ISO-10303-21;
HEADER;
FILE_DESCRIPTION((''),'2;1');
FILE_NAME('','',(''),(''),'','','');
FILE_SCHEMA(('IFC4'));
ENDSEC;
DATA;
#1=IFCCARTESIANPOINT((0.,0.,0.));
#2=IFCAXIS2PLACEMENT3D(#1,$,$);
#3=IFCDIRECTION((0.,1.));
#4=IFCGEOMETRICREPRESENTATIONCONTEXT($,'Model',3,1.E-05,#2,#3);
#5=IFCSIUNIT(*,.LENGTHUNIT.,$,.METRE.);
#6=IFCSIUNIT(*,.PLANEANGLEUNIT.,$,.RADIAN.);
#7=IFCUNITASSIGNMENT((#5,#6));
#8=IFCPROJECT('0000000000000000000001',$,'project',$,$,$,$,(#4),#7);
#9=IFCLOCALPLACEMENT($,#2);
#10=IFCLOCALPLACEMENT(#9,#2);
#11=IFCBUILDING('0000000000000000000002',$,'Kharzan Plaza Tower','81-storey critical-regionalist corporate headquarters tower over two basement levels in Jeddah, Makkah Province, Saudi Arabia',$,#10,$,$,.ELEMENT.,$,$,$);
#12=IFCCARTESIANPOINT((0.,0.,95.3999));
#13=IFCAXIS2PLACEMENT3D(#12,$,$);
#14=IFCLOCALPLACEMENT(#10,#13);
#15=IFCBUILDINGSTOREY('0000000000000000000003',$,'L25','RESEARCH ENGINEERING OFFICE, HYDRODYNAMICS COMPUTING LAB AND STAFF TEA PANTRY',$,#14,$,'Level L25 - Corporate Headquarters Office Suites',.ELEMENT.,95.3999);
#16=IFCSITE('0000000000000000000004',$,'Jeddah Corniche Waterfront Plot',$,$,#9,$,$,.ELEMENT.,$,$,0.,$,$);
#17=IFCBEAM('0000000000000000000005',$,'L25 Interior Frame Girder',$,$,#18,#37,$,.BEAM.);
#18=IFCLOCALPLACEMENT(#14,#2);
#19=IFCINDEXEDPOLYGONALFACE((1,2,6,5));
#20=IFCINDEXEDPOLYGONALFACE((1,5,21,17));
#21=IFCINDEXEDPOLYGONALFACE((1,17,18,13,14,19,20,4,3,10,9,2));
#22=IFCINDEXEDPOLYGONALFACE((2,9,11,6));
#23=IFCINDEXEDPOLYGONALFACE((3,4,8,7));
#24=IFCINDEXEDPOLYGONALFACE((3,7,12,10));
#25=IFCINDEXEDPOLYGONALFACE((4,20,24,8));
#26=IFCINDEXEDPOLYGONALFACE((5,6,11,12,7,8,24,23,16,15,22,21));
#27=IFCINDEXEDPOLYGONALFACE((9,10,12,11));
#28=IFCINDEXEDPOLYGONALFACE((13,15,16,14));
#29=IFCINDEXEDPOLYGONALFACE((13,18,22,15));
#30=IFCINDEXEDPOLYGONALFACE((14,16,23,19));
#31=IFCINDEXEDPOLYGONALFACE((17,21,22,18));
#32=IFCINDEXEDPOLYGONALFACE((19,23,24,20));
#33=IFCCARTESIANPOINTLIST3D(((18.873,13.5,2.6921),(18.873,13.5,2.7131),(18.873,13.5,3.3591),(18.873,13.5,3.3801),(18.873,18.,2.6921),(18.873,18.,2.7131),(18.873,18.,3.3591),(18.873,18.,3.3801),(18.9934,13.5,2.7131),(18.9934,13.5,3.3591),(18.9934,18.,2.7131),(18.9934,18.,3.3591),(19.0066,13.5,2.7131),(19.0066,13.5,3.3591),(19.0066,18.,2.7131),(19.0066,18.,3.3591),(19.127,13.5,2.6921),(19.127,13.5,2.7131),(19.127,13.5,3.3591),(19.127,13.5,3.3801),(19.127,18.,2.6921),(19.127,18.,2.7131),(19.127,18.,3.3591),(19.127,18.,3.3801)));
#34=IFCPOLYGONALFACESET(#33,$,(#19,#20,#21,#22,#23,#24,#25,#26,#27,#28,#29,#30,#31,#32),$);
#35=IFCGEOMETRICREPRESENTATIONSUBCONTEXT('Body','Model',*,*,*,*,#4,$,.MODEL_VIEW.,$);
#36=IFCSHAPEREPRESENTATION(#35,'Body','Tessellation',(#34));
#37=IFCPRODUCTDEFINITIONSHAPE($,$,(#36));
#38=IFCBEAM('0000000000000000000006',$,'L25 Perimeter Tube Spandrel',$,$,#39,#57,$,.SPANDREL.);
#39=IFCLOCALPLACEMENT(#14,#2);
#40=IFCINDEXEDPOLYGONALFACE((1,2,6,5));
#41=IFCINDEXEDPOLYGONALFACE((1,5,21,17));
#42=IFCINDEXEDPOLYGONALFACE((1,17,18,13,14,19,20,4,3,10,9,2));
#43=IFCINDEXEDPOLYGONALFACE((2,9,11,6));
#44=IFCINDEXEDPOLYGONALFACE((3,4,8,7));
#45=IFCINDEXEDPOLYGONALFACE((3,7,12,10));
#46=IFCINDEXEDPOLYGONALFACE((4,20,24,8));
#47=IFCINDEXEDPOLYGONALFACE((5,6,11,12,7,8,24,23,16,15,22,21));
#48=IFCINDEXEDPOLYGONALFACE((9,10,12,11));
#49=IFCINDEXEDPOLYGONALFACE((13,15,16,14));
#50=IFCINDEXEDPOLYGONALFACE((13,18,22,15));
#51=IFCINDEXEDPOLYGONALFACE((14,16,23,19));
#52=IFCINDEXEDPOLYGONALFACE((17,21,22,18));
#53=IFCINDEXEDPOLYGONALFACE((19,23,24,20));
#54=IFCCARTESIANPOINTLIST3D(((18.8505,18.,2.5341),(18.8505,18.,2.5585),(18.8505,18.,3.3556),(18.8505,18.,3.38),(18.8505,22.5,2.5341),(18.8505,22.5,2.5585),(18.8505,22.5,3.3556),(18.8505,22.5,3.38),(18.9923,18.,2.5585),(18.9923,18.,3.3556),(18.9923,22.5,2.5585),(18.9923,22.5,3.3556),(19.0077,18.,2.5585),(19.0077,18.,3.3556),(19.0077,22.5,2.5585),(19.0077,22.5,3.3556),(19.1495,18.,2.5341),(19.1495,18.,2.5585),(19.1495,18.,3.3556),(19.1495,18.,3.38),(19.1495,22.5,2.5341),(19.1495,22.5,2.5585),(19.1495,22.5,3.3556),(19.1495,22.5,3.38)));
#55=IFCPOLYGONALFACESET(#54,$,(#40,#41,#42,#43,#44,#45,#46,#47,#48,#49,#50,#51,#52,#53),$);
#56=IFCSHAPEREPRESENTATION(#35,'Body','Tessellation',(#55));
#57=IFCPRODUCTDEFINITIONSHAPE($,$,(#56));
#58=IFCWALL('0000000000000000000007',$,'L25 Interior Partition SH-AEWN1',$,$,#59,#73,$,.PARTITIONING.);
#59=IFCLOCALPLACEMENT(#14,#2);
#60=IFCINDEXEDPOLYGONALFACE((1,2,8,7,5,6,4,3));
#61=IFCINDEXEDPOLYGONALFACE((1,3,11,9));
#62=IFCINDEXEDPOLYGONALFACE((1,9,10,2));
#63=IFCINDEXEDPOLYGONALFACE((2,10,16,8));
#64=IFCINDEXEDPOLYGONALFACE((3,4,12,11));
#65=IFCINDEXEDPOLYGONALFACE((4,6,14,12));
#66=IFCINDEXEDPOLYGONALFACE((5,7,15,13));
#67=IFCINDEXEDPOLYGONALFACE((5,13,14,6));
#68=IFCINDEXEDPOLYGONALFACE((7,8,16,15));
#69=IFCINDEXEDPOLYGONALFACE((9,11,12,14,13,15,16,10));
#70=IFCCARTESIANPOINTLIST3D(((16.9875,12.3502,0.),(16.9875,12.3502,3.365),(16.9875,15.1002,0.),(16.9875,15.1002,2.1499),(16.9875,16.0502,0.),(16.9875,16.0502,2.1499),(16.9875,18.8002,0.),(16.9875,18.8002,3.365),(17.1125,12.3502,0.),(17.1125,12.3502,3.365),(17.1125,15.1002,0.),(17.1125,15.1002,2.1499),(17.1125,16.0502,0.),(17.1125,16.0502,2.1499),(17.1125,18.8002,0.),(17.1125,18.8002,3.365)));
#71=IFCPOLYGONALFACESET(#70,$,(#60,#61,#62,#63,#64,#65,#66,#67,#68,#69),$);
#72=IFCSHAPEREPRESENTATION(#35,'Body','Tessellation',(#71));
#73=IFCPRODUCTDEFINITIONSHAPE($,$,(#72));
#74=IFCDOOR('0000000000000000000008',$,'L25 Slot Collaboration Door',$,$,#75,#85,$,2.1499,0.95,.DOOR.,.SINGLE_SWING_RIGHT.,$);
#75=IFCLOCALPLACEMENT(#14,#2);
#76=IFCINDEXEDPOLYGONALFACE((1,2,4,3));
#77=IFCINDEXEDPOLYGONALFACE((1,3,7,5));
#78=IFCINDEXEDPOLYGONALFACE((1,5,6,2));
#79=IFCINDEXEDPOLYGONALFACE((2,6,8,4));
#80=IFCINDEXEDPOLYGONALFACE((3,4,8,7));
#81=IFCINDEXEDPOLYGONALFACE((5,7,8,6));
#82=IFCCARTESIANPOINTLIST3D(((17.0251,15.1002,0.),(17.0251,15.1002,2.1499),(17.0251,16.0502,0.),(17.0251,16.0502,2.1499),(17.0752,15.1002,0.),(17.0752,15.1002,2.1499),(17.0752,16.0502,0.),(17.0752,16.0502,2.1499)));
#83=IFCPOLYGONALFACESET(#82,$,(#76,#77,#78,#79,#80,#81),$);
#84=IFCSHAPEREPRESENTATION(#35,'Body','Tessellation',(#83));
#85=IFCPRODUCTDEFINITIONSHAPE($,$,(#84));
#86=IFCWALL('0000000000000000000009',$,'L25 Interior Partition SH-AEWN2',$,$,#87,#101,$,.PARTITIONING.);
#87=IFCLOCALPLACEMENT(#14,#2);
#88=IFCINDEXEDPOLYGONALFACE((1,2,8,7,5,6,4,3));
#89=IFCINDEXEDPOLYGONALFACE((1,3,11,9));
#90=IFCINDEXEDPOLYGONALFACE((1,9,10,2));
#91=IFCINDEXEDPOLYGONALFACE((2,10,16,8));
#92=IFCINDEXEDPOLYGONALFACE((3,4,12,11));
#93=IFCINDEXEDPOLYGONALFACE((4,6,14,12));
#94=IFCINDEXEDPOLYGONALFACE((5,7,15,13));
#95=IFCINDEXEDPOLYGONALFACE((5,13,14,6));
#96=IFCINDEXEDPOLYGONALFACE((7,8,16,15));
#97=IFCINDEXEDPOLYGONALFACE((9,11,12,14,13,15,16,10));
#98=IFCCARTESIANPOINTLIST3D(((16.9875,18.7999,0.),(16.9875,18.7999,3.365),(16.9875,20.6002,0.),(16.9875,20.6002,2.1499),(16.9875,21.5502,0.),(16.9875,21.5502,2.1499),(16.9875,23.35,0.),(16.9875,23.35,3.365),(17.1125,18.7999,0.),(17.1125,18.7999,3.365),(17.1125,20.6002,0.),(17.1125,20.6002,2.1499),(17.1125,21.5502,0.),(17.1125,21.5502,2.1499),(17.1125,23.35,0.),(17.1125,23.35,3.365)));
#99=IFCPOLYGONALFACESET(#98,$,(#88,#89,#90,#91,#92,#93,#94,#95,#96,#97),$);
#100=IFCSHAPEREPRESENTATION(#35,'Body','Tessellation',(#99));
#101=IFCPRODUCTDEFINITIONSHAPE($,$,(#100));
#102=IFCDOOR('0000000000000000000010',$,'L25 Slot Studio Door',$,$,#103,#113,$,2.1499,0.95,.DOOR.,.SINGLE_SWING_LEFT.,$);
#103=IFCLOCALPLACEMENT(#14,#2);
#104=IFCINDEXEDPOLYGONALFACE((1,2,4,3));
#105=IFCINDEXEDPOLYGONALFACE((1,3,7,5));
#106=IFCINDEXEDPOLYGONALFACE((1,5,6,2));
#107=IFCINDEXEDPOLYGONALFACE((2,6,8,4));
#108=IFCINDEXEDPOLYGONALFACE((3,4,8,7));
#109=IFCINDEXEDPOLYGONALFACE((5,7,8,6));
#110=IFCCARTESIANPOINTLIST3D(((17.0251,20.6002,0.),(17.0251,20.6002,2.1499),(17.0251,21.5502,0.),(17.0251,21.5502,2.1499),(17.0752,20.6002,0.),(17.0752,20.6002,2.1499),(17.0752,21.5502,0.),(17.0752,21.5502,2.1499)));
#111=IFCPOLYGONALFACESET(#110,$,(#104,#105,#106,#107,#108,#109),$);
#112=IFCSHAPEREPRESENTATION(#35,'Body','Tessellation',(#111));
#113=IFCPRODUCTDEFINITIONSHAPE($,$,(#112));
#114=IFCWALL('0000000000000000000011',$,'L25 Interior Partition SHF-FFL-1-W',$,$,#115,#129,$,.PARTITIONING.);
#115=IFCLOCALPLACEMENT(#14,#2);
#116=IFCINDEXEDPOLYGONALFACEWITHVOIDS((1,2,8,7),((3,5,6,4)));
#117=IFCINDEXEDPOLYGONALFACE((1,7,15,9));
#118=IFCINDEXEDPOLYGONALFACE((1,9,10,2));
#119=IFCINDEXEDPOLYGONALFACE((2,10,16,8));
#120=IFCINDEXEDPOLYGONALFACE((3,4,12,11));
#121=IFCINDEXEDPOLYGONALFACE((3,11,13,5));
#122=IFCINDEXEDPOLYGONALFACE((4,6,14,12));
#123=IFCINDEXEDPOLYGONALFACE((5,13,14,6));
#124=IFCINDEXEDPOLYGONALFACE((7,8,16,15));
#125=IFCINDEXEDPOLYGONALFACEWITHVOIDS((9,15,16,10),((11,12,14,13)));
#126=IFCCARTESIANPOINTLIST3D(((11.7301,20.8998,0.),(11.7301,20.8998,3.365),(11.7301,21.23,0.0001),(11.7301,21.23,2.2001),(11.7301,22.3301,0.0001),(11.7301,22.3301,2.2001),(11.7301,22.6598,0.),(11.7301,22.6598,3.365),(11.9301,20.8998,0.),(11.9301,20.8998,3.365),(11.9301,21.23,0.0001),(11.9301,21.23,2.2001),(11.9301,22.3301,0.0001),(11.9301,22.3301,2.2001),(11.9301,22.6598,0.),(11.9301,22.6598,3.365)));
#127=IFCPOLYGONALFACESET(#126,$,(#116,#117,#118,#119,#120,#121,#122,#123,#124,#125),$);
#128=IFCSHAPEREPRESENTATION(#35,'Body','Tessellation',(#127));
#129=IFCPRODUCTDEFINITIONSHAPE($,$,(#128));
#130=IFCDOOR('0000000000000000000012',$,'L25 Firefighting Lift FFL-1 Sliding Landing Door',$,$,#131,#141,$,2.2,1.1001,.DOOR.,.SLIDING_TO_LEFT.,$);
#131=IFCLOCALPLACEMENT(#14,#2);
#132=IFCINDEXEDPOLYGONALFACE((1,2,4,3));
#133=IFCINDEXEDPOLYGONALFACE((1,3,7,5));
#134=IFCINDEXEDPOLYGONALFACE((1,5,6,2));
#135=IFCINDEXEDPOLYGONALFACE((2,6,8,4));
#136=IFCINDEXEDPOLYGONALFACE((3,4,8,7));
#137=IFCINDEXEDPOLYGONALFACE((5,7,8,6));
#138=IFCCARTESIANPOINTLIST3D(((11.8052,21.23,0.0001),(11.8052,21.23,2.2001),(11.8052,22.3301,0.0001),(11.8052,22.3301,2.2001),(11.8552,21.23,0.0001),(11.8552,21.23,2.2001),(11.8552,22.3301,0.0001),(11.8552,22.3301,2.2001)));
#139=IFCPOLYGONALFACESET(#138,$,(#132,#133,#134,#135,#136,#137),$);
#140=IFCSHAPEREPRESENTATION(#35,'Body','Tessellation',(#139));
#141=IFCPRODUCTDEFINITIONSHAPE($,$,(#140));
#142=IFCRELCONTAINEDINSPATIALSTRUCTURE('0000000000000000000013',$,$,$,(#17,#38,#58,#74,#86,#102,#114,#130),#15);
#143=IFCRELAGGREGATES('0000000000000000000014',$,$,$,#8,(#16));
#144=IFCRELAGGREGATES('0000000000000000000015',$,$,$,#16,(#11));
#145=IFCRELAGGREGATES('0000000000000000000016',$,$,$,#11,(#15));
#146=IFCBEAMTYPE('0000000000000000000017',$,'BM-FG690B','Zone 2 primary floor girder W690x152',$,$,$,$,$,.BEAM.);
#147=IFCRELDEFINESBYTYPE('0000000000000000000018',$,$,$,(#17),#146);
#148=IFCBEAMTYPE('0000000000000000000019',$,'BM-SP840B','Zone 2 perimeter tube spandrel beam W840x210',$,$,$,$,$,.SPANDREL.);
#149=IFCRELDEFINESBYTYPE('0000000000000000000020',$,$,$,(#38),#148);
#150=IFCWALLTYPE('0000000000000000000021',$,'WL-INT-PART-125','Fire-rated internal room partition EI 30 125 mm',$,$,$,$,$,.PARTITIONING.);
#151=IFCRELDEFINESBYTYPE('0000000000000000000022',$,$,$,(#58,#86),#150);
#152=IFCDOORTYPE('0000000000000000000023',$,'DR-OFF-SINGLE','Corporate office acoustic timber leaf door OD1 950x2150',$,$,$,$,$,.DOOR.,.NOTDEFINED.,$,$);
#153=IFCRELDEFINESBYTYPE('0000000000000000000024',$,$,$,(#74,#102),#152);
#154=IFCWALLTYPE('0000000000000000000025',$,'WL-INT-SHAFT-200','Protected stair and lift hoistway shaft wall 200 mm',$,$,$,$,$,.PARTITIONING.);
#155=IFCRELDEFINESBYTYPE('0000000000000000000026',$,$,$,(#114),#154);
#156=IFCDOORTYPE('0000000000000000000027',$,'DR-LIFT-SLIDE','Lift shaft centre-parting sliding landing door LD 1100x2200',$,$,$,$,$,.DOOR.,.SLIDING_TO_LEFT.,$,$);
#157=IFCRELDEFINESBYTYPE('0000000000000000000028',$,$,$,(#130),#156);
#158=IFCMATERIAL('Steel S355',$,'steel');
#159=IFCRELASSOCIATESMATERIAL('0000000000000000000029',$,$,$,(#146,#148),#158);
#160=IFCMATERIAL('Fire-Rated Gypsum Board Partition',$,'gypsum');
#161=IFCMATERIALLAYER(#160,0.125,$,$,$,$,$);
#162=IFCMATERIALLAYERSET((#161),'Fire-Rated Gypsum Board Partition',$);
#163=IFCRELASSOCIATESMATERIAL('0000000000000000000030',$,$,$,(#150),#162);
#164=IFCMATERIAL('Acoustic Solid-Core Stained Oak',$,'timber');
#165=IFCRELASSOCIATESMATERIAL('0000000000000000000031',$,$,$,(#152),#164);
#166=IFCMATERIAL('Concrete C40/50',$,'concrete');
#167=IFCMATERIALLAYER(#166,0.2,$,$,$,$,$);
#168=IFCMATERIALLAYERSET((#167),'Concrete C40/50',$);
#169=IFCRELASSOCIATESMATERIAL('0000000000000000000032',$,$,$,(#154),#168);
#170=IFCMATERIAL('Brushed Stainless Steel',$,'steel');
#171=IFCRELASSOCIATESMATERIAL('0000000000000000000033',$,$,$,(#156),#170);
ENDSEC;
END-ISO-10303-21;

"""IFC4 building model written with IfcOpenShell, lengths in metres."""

from ifc_helpers import new_model, si_unit, direction, frame, frame_2d, origin, origin_2d, place, context, subcontext, project, spatial, rectangle, i_section, extrude, source, transform, mapped, material, layer, layer_set, material_profile, profile_set, type_object, element, fill, save


model = new_model("IFC4")

# Units and contexts
model_context = context("Model", 3, precision=1e-05, world=origin(), true_north=direction((0.0, 1.0)))
body_context = subcontext(model_context, "Body", "Model", "MODEL_VIEW")
ifc_project = project(units=[si_unit("LENGTHUNIT", "METRE"), si_unit("PLANEANGLEUNIT", "RADIAN")], contexts=[model_context])

# Site, building, storey
site_placement = place(None, origin())
site = spatial("IfcSite", under=ifc_project, at=site_placement, Name="Jeddah Corniche Waterfront Plot", CompositionType="ELEMENT", RefElevation=0.0)
building_placement = place(site_placement, origin())
building = spatial("IfcBuilding", under=site, at=building_placement, Name="Kharzan Plaza Tower", Description="81-storey critical-regionalist corporate headquarters tower over two basement levels in Jeddah, Makkah Province, Saudi Arabia", CompositionType="ELEMENT")
storey_placement = place(building_placement, frame((0.0, 0.0, 95.3999)))
storey = spatial("IfcBuildingStorey", under=building, at=storey_placement, Name="L25", Description="RESEARCH ENGINEERING OFFICE, HYDRODYNAMICS COMPUTING LAB AND STAFF TEA PANTRY", LongName="Level L25 - Corporate Headquarters Office Suites", CompositionType="ELEMENT", Elevation=95.3999)

# Beams
ifc_material_1 = material(Name="Steel S355", Category="steel")
ifc_material_profile_1 = material_profile(ifc_material_1, i_section(OverallWidth=0.2539, OverallDepth=0.688, WebThickness=0.0132, FlangeThickness=0.021, at=origin_2d()), Name="W690x152")
ifc_profile_set_1 = profile_set([ifc_material_profile_1], Name="Steel S355")
beam_type_1 = type_object("IfcBeamType", Name="BM-FG690B", Description="Zone 2 primary floor girder W690x152", PredefinedType="BEAM", material=ifc_profile_set_1)
shared_shape_1 = source(origin(), body_context, "Body", "SweptSolid", [
    extrude(i_section(OverallWidth=0.2539, OverallDepth=0.688, WebThickness=0.0132, FlangeThickness=0.021, at=origin_2d()), origin(), (0.0, 0.0, 1.0), 4.5),
])
for number, where, z_axis, x_axis, name in (
    (1, (19.0, 13.5, 3.0361), (0.0, 1.0, 0.0), (-1.0, 0.0, 0.0), "L25 Interior Frame Girder"),
):
    element("IfcBeam", number, at=place(storey_placement, frame(where, z_axis=z_axis, x_axis=x_axis)), inside=storey, type_object=beam_type_1, Name=name, PredefinedType="BEAM", context=body_context, shape_type="MappedRepresentation", body=[
        mapped(shared_shape_1, transform((0.0, 0.0, 0.0), x_axis=(1.0, 0.0, 0.0), y_axis=(0.0, 1.0, 0.0), z_axis=(0.0, 0.0, 1.0))),
    ])
ifc_material_profile_2 = material_profile(ifc_material_1, i_section(OverallWidth=0.2991, OverallDepth=0.8459, WebThickness=0.0154, FlangeThickness=0.0244, at=origin_2d()), Name="W840x210")
ifc_profile_set_2 = profile_set([ifc_material_profile_2], Name="Steel S355")
beam_type_2 = type_object("IfcBeamType", Name="BM-SP840B", Description="Zone 2 perimeter tube spandrel beam W840x210", PredefinedType="SPANDREL", material=ifc_profile_set_2)
shared_shape_2 = source(origin(), body_context, "Body", "SweptSolid", [
    extrude(i_section(OverallWidth=0.2991, OverallDepth=0.8459, WebThickness=0.0154, FlangeThickness=0.0244, at=origin_2d()), origin(), (0.0, 0.0, 1.0), 4.5),
])
beam_1_placement = place(storey_placement, frame((19.0, 18.0, 2.957), z_axis=(0.0, 1.0, 0.0), x_axis=(-1.0, 0.0, 0.0)))
element("IfcBeam", 2, at=beam_1_placement, inside=storey, type_object=beam_type_2, Name="L25 Perimeter Tube Spandrel", PredefinedType="SPANDREL", context=body_context, shape_type="MappedRepresentation", body=[
    mapped(shared_shape_2, transform((0.0, 0.0, 0.0), x_axis=(1.0, 0.0, 0.0), y_axis=(0.0, 1.0, 0.0), z_axis=(0.0, 0.0, 1.0))),
])

# Walls, openings, doors
ifc_material_2 = material(Name="Fire-Rated Gypsum Board Partition", Category="gypsum")
ifc_layer_1 = layer(ifc_material_2, 0.125)
ifc_layer_set_1 = layer_set([ifc_layer_1], Name="Fire-Rated Gypsum Board Partition")
wall_type_1 = type_object("IfcWallType", Name="WL-INT-PART-125", Description="Fire-rated internal room partition EI 30 125 mm", PredefinedType="PARTITIONING", material=ifc_layer_set_1)
wall_1_placement = place(storey_placement, frame((17.05, 12.3501, 0.0), z_axis=(0.0, 0.0, 1.0), x_axis=(0.0, 1.0, 0.0)))
wall_1 = element("IfcWall", 3, at=wall_1_placement, inside=storey, type_object=wall_type_1, Name="L25 Interior Partition SH-AEWN1", PredefinedType="PARTITIONING", context=body_context, shape_type="SweptSolid", body=[
    extrude(rectangle(XDim=6.45, YDim=0.125, at=frame_2d((3.2251, 0.0))), origin(), (0.0, 0.0, 1.0), 3.365),
])
opening_1_placement = place(wall_1_placement, frame((2.75, 0.0, 0.0)))
opening_1 = element("IfcOpeningElement", 4, at=opening_1_placement, cuts=wall_1, PredefinedType="OPENING", context=body_context, shape_type="SweptSolid", body=[
    extrude(rectangle(XDim=0.95, YDim=2.1499, at=frame_2d((0.4751, 1.075))), frame((0.0, 0.0725, 0.0), z_axis=(0.0, -1.0, 0.0), x_axis=(1.0, 0.0, 0.0)), (0.0, 0.0, 1.0), 0.145),
])
ifc_material_3 = material(Name="Acoustic Solid-Core Stained Oak", Category="timber")
door_type_1 = type_object("IfcDoorType", Name="DR-OFF-SINGLE", Description="Corporate office acoustic timber leaf door OD1 950x2150", OperationType="NOTDEFINED", PredefinedType="DOOR", material=ifc_material_3)
shared_shape_3 = source(origin(), body_context, "Body", "SweptSolid", [
    extrude(rectangle(XDim=0.95, YDim=2.1499, at=frame_2d((0.4751, 1.075))), frame((0.0, 0.0249, 0.0), z_axis=(0.0, -1.0, 0.0), x_axis=(1.0, 0.0, 0.0)), (0.0, 0.0, 1.0), 0.05),
])
door_1_placement = place(opening_1_placement, origin())
door_1 = element("IfcDoor", 5, at=door_1_placement, inside=storey, type_object=door_type_1, Name="L25 Slot Collaboration Door", OperationType="SINGLE_SWING_RIGHT", OverallHeight=2.1499, OverallWidth=0.95, PredefinedType="DOOR", context=body_context, shape_type="MappedRepresentation", body=[
    mapped(shared_shape_3, transform((0.0, 0.0, 0.0), x_axis=(1.0, 0.0, 0.0), y_axis=(0.0, 1.0, 0.0), z_axis=(0.0, 0.0, 1.0))),
])
fill(opening_1, door_1)
wall_2_placement = place(storey_placement, frame((17.05, 18.8, 0.0), z_axis=(0.0, 0.0, 1.0), x_axis=(0.0, 1.0, 0.0)))
wall_2 = element("IfcWall", 6, at=wall_2_placement, inside=storey, type_object=wall_type_1, Name="L25 Interior Partition SH-AEWN2", PredefinedType="PARTITIONING", context=body_context, shape_type="SweptSolid", body=[
    extrude(rectangle(XDim=4.55, YDim=0.125, at=frame_2d((2.2749, 0.0))), origin(), (0.0, 0.0, 1.0), 3.365),
])
opening_2_placement = place(wall_2_placement, frame((1.8, 0.0, 0.0)))
opening_2 = element("IfcOpeningElement", 7, at=opening_2_placement, cuts=wall_2, PredefinedType="OPENING", context=body_context, shape_type="SweptSolid", body=[
    extrude(rectangle(XDim=0.95, YDim=2.1499, at=frame_2d((0.4751, 1.075))), frame((0.0, 0.0725, 0.0), z_axis=(0.0, -1.0, 0.0), x_axis=(1.0, 0.0, 0.0)), (0.0, 0.0, 1.0), 0.145),
])
door_2_placement = place(opening_2_placement, origin())
door_2 = element("IfcDoor", 8, at=door_2_placement, inside=storey, type_object=door_type_1, Name="L25 Slot Studio Door", OperationType="SINGLE_SWING_LEFT", OverallHeight=2.1499, OverallWidth=0.95, PredefinedType="DOOR", context=body_context, shape_type="MappedRepresentation", body=[
    mapped(shared_shape_3, transform((0.0, 0.0, 0.0), x_axis=(1.0, 0.0, 0.0), y_axis=(0.0, 1.0, 0.0), z_axis=(0.0, 0.0, 1.0))),
])
fill(opening_2, door_2)
ifc_material_4 = material(Name="Concrete C40/50", Category="concrete")
ifc_layer_2 = layer(ifc_material_4, 0.2)
ifc_layer_set_2 = layer_set([ifc_layer_2], Name="Concrete C40/50")
wall_type_2 = type_object("IfcWallType", Name="WL-INT-SHAFT-200", Description="Protected stair and lift hoistway shaft wall 200 mm", PredefinedType="PARTITIONING", material=ifc_layer_set_2)
wall_3_placement = place(storey_placement, frame((11.8301, 20.8999, 0.0), z_axis=(0.0, 0.0, 1.0), x_axis=(0.0, 1.0, 0.0)))
wall_3 = element("IfcWall", 9, at=wall_3_placement, inside=storey, type_object=wall_type_2, Name="L25 Interior Partition SHF-FFL-1-W", PredefinedType="PARTITIONING", context=body_context, shape_type="SweptSolid", body=[
    extrude(rectangle(XDim=1.76, YDim=0.2, at=frame_2d((0.8799, 0.0))), origin(), (0.0, 0.0, 1.0), 3.365),
])
opening_3_placement = place(wall_3_placement, frame((0.3301, 0.0, 0.0)))
opening_3 = element("IfcOpeningElement", 10, at=opening_3_placement, cuts=wall_3, PredefinedType="OPENING", context=body_context, shape_type="SweptSolid", body=[
    extrude(rectangle(XDim=1.1001, YDim=2.2, at=frame_2d((0.55, 1.1001))), frame((0.0, 0.1099, 0.0), z_axis=(0.0, -1.0, 0.0), x_axis=(1.0, 0.0, 0.0)), (0.0, 0.0, 1.0), 0.22),
])
ifc_material_5 = material(Name="Brushed Stainless Steel", Category="steel")
door_type_2 = type_object("IfcDoorType", Name="DR-LIFT-SLIDE", Description="Lift shaft centre-parting sliding landing door LD 1100x2200", OperationType="SLIDING_TO_LEFT", PredefinedType="DOOR", material=ifc_material_5)
shared_shape_4 = source(origin(), body_context, "Body", "SweptSolid", [
    extrude(rectangle(XDim=1.1001, YDim=2.2, at=frame_2d((0.55, 1.1001))), frame((0.0, 0.0249, 0.0), z_axis=(0.0, -1.0, 0.0), x_axis=(1.0, 0.0, 0.0)), (0.0, 0.0, 1.0), 0.05),
])
door_3_placement = place(opening_3_placement, origin())
door_3 = element("IfcDoor", 11, at=door_3_placement, inside=storey, type_object=door_type_2, Name="L25 Firefighting Lift FFL-1 Sliding Landing Door", OperationType="SLIDING_TO_LEFT", OverallHeight=2.2, OverallWidth=1.1001, PredefinedType="DOOR", context=body_context, shape_type="MappedRepresentation", body=[
    mapped(shared_shape_4, transform((0.0, 0.0, 0.0), x_axis=(1.0, 0.0, 0.0), y_axis=(0.0, 1.0, 0.0), z_axis=(0.0, 0.0, 1.0))),
])
fill(opening_3, door_3)

save(model, "model.ifc")
